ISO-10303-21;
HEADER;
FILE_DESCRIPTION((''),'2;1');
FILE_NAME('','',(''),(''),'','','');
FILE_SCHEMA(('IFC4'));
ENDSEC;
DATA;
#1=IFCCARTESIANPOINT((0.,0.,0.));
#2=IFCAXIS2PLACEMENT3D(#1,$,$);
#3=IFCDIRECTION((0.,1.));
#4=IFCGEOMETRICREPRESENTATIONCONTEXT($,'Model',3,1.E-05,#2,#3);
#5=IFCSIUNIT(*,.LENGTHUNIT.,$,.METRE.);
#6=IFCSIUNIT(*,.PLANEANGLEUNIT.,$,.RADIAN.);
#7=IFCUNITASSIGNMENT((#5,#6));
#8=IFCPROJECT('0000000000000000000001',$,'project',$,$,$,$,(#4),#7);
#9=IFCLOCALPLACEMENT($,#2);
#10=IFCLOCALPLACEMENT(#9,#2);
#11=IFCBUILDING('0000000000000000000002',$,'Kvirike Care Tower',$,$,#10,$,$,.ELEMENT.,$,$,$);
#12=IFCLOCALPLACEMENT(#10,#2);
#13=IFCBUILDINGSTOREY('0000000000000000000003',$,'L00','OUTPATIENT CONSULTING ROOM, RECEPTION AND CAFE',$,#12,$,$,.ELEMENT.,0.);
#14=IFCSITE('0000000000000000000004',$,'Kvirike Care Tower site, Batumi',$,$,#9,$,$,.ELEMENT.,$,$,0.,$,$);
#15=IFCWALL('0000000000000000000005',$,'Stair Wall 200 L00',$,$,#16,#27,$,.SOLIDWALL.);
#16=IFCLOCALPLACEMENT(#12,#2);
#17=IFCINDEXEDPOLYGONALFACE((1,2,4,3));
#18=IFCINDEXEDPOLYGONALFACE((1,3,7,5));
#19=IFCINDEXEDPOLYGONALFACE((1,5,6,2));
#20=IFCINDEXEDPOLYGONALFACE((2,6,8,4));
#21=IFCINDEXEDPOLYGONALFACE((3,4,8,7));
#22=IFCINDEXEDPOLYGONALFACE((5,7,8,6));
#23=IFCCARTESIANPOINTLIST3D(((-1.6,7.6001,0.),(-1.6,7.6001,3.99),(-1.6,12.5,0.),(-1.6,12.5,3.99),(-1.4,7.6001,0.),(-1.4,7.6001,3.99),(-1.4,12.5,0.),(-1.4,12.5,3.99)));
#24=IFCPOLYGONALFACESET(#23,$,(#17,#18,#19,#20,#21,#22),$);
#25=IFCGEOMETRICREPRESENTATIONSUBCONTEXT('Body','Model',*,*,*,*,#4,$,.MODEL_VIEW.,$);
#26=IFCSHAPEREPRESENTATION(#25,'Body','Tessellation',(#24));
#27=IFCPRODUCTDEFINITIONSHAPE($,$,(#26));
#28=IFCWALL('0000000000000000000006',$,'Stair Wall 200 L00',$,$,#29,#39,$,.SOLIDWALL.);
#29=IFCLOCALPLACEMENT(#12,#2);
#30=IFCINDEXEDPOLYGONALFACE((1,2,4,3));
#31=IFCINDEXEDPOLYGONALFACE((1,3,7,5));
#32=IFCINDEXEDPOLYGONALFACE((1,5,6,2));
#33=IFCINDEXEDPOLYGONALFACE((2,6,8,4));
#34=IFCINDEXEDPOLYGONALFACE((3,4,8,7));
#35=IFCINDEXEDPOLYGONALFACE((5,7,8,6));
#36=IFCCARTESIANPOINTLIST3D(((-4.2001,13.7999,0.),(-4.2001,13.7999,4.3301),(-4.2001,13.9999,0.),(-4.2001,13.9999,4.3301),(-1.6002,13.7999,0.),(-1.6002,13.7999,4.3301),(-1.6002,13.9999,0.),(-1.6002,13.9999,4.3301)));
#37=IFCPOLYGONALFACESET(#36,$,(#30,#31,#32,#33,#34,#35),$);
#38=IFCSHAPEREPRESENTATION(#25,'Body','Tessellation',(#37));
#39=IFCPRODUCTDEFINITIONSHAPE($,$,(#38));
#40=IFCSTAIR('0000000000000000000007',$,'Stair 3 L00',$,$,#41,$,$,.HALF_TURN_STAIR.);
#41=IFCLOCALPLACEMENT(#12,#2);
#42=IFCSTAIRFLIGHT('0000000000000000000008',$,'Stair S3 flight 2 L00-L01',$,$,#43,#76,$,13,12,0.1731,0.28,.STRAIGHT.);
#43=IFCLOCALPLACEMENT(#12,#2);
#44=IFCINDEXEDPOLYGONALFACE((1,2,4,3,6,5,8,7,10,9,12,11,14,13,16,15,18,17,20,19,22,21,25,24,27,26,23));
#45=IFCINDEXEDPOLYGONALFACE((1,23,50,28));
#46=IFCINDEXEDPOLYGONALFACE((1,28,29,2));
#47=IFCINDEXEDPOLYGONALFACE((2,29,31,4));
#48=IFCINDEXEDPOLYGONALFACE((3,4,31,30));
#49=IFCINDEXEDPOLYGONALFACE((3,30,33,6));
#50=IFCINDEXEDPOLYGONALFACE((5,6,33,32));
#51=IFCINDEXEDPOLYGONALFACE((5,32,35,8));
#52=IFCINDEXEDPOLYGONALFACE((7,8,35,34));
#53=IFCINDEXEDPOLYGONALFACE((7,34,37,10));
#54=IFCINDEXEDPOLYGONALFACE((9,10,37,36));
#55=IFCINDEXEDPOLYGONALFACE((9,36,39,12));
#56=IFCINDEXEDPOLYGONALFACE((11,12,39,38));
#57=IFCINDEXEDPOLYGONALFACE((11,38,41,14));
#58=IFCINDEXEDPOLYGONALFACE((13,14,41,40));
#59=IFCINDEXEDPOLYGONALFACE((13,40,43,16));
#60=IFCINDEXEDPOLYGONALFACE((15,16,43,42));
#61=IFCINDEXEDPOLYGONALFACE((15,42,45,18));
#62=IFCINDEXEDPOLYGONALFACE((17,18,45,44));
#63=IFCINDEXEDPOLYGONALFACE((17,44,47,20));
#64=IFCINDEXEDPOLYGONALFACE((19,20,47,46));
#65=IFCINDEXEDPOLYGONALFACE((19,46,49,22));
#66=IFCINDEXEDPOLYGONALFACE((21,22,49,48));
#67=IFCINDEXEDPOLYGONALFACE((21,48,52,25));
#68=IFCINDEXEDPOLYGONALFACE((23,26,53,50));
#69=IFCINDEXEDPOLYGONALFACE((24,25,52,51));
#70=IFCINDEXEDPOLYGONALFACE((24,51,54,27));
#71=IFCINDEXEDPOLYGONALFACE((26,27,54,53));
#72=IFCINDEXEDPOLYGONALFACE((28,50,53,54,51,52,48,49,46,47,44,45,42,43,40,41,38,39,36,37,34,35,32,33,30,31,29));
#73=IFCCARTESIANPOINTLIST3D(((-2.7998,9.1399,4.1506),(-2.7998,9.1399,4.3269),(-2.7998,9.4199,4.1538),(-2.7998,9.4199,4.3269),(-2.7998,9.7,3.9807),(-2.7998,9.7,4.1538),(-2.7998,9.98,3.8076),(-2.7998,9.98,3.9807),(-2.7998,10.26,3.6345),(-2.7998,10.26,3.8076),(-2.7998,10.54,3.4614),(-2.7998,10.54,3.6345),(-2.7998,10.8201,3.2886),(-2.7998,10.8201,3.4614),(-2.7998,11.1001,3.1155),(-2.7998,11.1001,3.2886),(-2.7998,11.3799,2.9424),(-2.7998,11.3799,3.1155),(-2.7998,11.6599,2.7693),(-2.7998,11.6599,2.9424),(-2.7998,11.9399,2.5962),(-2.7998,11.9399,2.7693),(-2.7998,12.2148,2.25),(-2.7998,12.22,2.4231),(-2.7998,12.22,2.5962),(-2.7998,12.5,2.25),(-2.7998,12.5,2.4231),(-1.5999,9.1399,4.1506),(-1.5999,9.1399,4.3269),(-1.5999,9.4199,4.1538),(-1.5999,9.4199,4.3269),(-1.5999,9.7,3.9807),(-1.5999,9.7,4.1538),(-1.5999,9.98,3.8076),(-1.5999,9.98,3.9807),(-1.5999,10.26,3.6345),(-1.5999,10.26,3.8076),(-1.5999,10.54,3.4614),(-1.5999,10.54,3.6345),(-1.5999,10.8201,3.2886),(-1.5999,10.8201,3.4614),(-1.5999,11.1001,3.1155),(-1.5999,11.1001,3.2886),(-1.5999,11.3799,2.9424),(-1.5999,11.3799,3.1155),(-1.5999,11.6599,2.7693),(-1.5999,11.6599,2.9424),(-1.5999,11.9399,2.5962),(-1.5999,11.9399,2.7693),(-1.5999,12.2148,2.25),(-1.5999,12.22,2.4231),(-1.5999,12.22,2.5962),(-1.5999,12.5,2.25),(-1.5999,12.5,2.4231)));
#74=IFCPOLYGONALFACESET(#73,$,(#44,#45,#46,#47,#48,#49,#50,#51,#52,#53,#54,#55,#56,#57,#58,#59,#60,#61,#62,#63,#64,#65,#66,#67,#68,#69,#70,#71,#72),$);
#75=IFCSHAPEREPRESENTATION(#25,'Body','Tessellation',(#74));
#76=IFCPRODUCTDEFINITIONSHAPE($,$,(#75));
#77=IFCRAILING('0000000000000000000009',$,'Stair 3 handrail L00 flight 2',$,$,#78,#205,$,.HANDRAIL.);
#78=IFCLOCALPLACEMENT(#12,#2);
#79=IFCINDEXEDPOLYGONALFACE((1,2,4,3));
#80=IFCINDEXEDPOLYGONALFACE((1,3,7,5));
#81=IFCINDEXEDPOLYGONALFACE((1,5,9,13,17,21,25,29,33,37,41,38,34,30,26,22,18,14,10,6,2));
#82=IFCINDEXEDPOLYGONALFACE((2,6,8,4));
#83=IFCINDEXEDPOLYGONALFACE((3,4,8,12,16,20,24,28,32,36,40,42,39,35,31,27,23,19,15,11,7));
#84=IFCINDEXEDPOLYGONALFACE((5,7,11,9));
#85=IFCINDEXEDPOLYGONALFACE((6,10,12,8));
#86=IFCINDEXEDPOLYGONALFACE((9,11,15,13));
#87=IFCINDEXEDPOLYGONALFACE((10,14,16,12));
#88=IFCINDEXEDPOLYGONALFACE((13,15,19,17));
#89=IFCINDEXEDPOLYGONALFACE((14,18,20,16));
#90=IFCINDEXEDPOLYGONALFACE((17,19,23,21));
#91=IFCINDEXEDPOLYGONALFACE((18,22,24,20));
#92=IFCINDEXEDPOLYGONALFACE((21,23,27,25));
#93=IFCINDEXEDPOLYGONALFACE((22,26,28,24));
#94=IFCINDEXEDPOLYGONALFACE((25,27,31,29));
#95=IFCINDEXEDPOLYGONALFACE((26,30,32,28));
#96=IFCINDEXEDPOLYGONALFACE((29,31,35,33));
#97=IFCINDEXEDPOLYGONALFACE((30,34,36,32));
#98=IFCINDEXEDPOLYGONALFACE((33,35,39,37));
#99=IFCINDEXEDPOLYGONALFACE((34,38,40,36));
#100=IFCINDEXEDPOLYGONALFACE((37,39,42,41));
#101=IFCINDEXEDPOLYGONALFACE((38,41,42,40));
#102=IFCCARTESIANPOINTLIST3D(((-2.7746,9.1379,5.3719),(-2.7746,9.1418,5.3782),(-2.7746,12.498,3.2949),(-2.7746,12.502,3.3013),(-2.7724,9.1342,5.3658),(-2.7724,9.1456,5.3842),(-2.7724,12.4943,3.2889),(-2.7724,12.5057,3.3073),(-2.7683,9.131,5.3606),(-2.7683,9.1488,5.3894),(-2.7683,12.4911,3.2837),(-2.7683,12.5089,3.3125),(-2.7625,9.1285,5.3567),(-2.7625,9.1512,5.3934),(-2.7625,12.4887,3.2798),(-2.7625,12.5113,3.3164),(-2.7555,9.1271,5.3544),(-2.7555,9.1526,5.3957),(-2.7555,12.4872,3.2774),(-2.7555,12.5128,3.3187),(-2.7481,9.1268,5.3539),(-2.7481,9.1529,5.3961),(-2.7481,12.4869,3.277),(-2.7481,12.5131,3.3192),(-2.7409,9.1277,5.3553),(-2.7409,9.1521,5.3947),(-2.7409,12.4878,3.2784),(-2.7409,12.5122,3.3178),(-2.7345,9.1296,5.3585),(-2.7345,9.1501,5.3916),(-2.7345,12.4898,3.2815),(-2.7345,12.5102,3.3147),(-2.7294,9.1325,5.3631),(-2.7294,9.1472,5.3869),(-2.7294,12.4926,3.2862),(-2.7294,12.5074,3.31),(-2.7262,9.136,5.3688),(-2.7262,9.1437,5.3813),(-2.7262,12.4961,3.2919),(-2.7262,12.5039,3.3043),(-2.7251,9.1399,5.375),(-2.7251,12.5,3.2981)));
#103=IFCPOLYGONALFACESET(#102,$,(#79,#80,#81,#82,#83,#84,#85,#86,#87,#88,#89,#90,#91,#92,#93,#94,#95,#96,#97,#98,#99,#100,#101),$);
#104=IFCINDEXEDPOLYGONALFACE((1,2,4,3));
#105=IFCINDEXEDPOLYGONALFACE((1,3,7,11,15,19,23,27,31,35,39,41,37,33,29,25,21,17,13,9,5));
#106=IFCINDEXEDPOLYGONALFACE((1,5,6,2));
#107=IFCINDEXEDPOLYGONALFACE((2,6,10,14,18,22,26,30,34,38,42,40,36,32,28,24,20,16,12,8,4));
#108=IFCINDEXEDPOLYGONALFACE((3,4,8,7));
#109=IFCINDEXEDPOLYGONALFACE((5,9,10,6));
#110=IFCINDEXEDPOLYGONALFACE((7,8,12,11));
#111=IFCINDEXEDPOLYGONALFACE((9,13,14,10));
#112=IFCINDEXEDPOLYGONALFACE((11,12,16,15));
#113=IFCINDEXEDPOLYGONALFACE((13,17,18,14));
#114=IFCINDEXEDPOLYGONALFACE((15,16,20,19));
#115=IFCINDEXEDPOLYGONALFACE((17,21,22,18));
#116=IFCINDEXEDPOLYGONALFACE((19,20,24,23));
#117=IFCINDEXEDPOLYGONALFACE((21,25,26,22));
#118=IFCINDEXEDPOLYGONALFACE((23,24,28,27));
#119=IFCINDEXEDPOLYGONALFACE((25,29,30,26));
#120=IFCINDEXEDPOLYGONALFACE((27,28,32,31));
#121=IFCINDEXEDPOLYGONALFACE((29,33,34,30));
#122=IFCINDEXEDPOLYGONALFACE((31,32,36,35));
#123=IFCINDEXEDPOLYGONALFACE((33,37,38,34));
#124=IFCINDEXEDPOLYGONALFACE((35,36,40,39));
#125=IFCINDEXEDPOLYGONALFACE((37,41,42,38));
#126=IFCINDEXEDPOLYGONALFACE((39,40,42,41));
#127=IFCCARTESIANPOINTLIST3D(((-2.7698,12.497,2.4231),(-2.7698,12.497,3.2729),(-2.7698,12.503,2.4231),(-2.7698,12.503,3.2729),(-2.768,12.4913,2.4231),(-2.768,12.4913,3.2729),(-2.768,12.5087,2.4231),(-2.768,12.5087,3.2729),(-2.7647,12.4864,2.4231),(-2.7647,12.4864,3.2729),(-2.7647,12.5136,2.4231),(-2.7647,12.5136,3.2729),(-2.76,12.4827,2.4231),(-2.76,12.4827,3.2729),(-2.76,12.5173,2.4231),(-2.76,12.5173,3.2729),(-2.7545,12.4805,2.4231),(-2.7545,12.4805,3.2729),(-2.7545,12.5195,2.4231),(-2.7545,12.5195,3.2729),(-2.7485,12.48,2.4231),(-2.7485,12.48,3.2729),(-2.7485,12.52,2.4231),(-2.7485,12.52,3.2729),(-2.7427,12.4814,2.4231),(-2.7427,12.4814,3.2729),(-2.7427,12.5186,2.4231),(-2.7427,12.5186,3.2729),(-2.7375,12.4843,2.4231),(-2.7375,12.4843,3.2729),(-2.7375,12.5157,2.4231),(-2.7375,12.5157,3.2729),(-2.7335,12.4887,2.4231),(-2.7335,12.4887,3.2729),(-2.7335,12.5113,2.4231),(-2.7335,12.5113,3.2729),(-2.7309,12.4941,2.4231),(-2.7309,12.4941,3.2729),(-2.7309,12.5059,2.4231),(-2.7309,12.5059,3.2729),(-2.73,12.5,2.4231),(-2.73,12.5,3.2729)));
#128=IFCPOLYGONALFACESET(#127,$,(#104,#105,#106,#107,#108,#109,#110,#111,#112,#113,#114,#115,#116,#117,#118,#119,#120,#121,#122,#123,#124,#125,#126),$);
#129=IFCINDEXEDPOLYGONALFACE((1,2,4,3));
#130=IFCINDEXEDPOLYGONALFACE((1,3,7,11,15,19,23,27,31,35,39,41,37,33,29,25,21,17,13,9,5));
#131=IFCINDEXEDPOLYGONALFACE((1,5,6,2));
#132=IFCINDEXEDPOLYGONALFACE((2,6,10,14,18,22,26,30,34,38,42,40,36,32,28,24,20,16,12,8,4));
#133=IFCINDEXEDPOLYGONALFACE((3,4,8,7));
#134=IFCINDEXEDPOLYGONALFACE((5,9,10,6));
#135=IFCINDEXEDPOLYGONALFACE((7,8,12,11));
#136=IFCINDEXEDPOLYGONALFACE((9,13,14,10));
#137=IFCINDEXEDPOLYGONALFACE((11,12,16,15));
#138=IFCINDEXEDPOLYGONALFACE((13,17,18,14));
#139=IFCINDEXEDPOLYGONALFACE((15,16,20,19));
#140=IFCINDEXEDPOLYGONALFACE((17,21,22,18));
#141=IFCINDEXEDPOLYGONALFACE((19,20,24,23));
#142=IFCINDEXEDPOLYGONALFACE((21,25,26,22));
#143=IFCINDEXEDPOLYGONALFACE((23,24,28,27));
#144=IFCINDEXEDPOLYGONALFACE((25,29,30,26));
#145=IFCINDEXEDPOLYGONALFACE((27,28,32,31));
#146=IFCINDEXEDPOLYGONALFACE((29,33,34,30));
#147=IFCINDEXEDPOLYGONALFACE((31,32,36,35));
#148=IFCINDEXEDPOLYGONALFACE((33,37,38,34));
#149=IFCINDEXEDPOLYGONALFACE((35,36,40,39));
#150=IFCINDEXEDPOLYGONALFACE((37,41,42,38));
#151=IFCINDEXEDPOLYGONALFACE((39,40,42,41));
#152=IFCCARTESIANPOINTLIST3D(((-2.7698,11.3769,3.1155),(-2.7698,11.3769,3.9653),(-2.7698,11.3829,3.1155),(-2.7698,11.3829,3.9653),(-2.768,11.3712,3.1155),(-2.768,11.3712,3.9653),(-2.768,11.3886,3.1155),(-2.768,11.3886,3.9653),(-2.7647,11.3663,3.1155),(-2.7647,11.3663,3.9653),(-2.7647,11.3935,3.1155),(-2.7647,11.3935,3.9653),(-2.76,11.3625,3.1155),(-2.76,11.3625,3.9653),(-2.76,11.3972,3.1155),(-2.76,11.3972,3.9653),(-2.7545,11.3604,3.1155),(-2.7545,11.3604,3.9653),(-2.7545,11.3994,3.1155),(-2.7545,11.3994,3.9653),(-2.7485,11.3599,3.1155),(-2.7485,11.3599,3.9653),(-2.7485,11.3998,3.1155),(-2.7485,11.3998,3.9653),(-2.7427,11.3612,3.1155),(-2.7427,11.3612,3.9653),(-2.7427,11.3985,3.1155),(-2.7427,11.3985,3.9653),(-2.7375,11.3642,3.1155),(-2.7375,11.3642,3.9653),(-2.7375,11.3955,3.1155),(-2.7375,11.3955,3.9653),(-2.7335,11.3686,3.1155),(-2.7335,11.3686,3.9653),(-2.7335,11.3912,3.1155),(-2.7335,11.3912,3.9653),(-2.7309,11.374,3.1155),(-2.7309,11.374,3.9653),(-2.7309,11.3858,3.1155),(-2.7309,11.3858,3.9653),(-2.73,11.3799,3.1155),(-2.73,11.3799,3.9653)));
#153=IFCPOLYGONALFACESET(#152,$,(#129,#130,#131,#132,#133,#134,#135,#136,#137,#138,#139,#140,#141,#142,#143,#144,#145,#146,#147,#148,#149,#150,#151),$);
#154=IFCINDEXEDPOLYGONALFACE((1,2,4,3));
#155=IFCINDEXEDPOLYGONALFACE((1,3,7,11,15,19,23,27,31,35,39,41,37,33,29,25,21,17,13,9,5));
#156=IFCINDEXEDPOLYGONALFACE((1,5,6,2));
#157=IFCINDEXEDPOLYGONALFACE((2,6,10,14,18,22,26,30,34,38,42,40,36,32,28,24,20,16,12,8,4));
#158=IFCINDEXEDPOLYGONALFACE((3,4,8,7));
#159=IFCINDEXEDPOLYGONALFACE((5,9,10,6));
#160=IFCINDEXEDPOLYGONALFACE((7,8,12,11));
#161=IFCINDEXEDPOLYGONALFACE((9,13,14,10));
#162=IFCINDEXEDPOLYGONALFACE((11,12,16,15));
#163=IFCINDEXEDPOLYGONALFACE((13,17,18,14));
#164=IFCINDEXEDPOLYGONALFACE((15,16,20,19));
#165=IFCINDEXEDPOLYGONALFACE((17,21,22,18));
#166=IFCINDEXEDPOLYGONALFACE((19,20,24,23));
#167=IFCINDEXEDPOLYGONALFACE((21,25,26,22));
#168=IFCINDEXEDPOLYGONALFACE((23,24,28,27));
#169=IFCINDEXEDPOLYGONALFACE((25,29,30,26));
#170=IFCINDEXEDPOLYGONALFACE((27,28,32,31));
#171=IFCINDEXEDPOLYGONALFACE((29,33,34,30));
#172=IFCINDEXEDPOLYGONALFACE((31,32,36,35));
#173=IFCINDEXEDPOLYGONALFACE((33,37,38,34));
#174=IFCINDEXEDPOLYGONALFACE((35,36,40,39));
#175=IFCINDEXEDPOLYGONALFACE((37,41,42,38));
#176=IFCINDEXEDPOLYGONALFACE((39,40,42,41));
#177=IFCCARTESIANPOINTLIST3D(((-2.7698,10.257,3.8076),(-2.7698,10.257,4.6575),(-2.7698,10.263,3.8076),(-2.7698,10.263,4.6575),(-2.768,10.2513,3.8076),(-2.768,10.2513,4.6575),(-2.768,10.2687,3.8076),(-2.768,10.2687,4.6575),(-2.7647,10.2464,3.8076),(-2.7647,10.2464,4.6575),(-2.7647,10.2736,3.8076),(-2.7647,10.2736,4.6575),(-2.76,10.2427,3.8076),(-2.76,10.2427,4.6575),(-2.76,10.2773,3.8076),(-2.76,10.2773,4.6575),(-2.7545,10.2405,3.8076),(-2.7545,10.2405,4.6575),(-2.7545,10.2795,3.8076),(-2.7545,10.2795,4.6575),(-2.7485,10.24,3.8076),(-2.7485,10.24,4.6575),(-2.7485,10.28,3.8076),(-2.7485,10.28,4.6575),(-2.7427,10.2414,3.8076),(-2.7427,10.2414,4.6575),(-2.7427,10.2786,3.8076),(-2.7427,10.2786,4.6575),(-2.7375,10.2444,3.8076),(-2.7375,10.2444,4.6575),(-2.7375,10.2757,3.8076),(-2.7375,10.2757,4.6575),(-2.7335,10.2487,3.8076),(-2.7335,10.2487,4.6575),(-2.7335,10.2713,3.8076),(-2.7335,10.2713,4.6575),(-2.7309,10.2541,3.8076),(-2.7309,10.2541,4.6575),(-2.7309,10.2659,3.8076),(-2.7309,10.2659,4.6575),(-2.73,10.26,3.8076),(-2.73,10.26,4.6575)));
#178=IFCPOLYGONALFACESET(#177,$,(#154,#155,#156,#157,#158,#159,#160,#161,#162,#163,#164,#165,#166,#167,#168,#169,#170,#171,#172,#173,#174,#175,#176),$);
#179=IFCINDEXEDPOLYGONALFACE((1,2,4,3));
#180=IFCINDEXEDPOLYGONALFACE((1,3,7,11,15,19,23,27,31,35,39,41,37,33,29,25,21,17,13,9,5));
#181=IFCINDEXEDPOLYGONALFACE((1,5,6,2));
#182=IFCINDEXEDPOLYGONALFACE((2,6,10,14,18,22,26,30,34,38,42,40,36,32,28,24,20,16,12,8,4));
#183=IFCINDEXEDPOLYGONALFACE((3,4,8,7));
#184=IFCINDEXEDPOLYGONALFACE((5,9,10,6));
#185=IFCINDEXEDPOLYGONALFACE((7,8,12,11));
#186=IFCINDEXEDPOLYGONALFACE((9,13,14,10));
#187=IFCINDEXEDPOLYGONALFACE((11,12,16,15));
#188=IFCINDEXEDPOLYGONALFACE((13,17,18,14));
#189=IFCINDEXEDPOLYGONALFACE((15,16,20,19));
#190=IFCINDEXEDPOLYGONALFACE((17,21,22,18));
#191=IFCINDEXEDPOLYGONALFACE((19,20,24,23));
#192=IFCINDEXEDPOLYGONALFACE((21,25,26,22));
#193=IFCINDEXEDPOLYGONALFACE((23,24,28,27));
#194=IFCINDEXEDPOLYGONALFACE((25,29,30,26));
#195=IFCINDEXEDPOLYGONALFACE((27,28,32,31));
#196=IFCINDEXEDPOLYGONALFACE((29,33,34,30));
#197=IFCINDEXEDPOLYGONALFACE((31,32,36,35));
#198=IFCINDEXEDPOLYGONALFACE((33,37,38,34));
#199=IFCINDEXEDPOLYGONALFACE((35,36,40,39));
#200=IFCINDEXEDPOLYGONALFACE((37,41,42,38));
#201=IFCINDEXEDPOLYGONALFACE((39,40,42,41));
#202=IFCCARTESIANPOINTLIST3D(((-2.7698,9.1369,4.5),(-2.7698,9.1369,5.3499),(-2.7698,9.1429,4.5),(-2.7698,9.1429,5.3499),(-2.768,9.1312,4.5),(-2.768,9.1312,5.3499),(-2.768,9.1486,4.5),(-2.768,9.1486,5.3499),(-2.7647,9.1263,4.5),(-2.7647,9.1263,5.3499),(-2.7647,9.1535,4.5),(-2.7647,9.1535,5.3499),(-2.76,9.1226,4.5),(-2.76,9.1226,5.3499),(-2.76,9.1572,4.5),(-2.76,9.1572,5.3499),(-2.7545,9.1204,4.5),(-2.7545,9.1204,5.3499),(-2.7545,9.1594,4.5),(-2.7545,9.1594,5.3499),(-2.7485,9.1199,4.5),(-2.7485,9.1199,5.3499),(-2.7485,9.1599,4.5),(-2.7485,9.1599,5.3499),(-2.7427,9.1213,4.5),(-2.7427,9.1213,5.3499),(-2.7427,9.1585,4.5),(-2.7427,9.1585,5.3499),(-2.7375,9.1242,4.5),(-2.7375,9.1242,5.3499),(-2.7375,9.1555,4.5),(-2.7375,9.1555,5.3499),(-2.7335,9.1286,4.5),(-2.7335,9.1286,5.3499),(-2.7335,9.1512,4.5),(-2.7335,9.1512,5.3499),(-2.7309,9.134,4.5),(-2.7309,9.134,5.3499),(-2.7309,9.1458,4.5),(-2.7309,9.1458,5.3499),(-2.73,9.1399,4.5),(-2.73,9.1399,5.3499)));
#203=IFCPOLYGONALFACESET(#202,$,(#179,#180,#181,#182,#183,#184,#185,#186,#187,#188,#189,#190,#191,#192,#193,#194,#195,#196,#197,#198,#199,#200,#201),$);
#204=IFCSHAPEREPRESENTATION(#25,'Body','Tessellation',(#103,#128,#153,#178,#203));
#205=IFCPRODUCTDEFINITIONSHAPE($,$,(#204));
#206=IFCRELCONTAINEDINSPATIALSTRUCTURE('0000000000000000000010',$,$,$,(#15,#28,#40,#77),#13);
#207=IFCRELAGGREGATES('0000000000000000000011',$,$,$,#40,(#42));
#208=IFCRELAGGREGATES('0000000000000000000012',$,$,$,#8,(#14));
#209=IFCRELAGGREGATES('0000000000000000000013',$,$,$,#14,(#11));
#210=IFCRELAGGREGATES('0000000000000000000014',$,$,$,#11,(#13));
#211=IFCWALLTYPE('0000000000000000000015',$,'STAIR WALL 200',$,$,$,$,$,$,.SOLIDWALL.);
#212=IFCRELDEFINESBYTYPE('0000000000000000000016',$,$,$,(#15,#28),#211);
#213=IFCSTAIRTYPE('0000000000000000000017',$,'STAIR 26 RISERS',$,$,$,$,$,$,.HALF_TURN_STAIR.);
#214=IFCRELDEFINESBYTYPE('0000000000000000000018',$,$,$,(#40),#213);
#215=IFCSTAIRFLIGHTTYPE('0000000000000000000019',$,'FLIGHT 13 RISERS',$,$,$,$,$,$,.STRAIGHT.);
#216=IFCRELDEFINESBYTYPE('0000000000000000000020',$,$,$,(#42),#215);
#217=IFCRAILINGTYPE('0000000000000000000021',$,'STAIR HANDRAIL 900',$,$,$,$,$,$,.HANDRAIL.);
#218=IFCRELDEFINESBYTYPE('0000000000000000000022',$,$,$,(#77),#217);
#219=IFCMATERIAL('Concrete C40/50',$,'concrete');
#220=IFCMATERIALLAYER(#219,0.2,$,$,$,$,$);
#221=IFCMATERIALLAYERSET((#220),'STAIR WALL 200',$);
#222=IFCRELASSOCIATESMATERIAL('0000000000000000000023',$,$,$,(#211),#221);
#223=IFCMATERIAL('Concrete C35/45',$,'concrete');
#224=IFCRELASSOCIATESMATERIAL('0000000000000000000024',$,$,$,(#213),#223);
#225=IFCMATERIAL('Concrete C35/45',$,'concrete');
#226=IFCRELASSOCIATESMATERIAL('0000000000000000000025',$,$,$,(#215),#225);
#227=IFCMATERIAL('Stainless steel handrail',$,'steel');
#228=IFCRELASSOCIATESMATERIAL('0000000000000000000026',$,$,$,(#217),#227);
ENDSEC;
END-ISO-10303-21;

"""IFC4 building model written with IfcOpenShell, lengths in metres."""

from ifc_helpers import new_model, si_unit, direction, frame, frame_2d, origin, origin_2d, place, context, subcontext, project, spatial, polyline, rectangle, circle, outline, extrude, material, layer, layer_set, type_object, element, aggregate, save


model = new_model("IFC4")

# Units and contexts
model_context = context("Model", 3, precision=1e-05, world=origin(), true_north=direction((0.0, 1.0)))
body_context = subcontext(model_context, "Body", "Model", "MODEL_VIEW")
ifc_project = project(units=[si_unit("LENGTHUNIT", "METRE"), si_unit("PLANEANGLEUNIT", "RADIAN")], contexts=[model_context])

# Site, building, storey
site_placement = place(None, origin())
site = spatial("IfcSite", under=ifc_project, at=site_placement, Name="Kvirike Care Tower site, Batumi", CompositionType="ELEMENT", RefElevation=0.0)
building_placement = place(site_placement, origin())
building = spatial("IfcBuilding", under=site, at=building_placement, Name="Kvirike Care Tower", CompositionType="ELEMENT")
storey_placement = place(building_placement, origin())
storey = spatial("IfcBuildingStorey", under=building, at=storey_placement, Name="L00", Description="OUTPATIENT CONSULTING ROOM, RECEPTION AND CAFE", CompositionType="ELEMENT", Elevation=0.0)

# Walls
ifc_material_1 = material(Name="Concrete C40/50", Category="concrete")
ifc_layer_1 = layer(ifc_material_1, 0.2)
ifc_layer_set_1 = layer_set([ifc_layer_1], Name="STAIR WALL 200")
wall_type_1 = type_object("IfcWallType", Name="STAIR WALL 200", PredefinedType="SOLIDWALL", material=ifc_layer_set_1)
wall_1_placement = place(storey_placement, frame((-1.5, 12.5, 0.0), z_axis=(0.0, 0.0, 1.0), x_axis=(0.0, -1.0, 0.0)))
element("IfcWall", 1, at=wall_1_placement, inside=storey, type_object=wall_type_1, Name="Stair Wall 200 L00", PredefinedType="SOLIDWALL", context=body_context, shape_type="SweptSolid", body=[
    extrude(rectangle(XDim=4.8999, YDim=0.2, at=frame_2d((2.45, 0.0))), origin(), (0.0, 0.0, 1.0), 3.99),
])
wall_2_placement = place(storey_placement, frame((-4.2, 13.8999, 0.0), z_axis=(0.0, 0.0, 1.0), x_axis=(1.0, 0.0, 0.0)))
element("IfcWall", 2, at=wall_2_placement, inside=storey, type_object=wall_type_1, Name="Stair Wall 200 L00", PredefinedType="SOLIDWALL", context=body_context, shape_type="SweptSolid", body=[
    extrude(rectangle(XDim=2.5999, YDim=0.2, at=frame_2d((1.2998, 0.0))), origin(), (0.0, 0.0, 1.0), 4.3301),
])

# Stair, stair flight
ifc_material_2 = material(Name="Concrete C35/45", Category="concrete")
stair_type = type_object("IfcStairType", Name="STAIR 26 RISERS", PredefinedType="HALF_TURN_STAIR", material=ifc_material_2)
stair_placement = place(storey_placement, origin())
stair = element("IfcStair", 3, at=stair_placement, inside=storey, type_object=stair_type, Name="Stair 3 L00", PredefinedType="HALF_TURN_STAIR")
ifc_material_3 = material(Name="Concrete C35/45", Category="concrete")
stair_flight_type = type_object("IfcStairFlightType", Name="FLIGHT 13 RISERS", PredefinedType="STRAIGHT", material=ifc_material_3)
stair_flight_placement = place(storey_placement, frame((-2.2, 12.5, 2.25), z_axis=(0.0, 0.0, 1.0), x_axis=(0.0, -1.0, 0.0)))
stair_flight = element("IfcStairFlight", 4, at=stair_flight_placement, type_object=stair_flight_type, Name="Stair S3 flight 2 L00-L01", NumberOfRisers=13, NumberOfTreads=12, PredefinedType="STRAIGHT", RiserHeight=0.1731, TreadLength=0.28, context=body_context, shape_type="SweptSolid", body=[
    extrude(outline(polyline([(0.0, 0.0), (0.0, 0.1731), (0.28, 0.1731), (0.28, 0.3462), (0.5601, 0.3462), (0.5601, 0.5193), (0.8401, 0.5193), (0.8401, 0.6924), (1.1201, 0.6924), (1.1201, 0.8655), (1.3999, 0.8655), (1.3999, 1.0386), (1.6799, 1.0386), (1.6799, 1.2114), (1.96, 1.2114), (1.96, 1.3845), (2.24, 1.3845), (2.24, 1.5576), (2.52, 1.5576), (2.52, 1.7307), (2.8, 1.7307), (2.8, 1.9038), (3.0801, 1.9038), (3.0801, 2.0769), (3.3601, 2.0769), (3.3601, 2.25), (3.3601, 1.9006), (0.2852, 0.0), (0.0, 0.0)])), frame((0.0, 0.6001, 0.0), z_axis=(0.0, -1.0, 0.0), x_axis=(1.0, 0.0, 0.0)), (0.0, 0.0, 1.0), 1.2),
])
aggregate(stair, [stair_flight])

# Railing
ifc_material_4 = material(Name="Stainless steel handrail", Category="steel")
railing_type = type_object("IfcRailingType", Name="STAIR HANDRAIL 900", PredefinedType="HANDRAIL", material=ifc_material_4)
railing_placement = place(storey_placement, frame((-2.75, 12.5, 2.4231)))
element("IfcRailing", 5, at=railing_placement, inside=storey, type_object=railing_type, Name="Stair 3 handrail L00 flight 2", PredefinedType="HANDRAIL", context=body_context, shape_type="SweptSolid", body=[
    extrude(circle(Radius=0.0249, at=origin_2d()), frame((0.0, 0.0, 0.875), z_axis=(0.0, -0.850623, 0.525776), x_axis=(1.0, 0.0, 0.0)), (0.0, 0.0, 1.0), 3.9502),
    extrude(circle(Radius=0.02, at=origin_2d()), origin(), (0.0, 0.0, 1.0), 0.8499),
    extrude(circle(Radius=0.02, at=origin_2d()), frame((0.0, -1.1201, 0.6924)), (0.0, 0.0, 1.0), 0.8499),
    extrude(circle(Radius=0.02, at=origin_2d()), frame((0.0, -2.24, 1.3845)), (0.0, 0.0, 1.0), 0.8499),
    extrude(circle(Radius=0.02, at=origin_2d()), frame((0.0, -3.3601, 2.0769)), (0.0, 0.0, 1.0), 0.8499),
])

save(model, "model.ifc")
